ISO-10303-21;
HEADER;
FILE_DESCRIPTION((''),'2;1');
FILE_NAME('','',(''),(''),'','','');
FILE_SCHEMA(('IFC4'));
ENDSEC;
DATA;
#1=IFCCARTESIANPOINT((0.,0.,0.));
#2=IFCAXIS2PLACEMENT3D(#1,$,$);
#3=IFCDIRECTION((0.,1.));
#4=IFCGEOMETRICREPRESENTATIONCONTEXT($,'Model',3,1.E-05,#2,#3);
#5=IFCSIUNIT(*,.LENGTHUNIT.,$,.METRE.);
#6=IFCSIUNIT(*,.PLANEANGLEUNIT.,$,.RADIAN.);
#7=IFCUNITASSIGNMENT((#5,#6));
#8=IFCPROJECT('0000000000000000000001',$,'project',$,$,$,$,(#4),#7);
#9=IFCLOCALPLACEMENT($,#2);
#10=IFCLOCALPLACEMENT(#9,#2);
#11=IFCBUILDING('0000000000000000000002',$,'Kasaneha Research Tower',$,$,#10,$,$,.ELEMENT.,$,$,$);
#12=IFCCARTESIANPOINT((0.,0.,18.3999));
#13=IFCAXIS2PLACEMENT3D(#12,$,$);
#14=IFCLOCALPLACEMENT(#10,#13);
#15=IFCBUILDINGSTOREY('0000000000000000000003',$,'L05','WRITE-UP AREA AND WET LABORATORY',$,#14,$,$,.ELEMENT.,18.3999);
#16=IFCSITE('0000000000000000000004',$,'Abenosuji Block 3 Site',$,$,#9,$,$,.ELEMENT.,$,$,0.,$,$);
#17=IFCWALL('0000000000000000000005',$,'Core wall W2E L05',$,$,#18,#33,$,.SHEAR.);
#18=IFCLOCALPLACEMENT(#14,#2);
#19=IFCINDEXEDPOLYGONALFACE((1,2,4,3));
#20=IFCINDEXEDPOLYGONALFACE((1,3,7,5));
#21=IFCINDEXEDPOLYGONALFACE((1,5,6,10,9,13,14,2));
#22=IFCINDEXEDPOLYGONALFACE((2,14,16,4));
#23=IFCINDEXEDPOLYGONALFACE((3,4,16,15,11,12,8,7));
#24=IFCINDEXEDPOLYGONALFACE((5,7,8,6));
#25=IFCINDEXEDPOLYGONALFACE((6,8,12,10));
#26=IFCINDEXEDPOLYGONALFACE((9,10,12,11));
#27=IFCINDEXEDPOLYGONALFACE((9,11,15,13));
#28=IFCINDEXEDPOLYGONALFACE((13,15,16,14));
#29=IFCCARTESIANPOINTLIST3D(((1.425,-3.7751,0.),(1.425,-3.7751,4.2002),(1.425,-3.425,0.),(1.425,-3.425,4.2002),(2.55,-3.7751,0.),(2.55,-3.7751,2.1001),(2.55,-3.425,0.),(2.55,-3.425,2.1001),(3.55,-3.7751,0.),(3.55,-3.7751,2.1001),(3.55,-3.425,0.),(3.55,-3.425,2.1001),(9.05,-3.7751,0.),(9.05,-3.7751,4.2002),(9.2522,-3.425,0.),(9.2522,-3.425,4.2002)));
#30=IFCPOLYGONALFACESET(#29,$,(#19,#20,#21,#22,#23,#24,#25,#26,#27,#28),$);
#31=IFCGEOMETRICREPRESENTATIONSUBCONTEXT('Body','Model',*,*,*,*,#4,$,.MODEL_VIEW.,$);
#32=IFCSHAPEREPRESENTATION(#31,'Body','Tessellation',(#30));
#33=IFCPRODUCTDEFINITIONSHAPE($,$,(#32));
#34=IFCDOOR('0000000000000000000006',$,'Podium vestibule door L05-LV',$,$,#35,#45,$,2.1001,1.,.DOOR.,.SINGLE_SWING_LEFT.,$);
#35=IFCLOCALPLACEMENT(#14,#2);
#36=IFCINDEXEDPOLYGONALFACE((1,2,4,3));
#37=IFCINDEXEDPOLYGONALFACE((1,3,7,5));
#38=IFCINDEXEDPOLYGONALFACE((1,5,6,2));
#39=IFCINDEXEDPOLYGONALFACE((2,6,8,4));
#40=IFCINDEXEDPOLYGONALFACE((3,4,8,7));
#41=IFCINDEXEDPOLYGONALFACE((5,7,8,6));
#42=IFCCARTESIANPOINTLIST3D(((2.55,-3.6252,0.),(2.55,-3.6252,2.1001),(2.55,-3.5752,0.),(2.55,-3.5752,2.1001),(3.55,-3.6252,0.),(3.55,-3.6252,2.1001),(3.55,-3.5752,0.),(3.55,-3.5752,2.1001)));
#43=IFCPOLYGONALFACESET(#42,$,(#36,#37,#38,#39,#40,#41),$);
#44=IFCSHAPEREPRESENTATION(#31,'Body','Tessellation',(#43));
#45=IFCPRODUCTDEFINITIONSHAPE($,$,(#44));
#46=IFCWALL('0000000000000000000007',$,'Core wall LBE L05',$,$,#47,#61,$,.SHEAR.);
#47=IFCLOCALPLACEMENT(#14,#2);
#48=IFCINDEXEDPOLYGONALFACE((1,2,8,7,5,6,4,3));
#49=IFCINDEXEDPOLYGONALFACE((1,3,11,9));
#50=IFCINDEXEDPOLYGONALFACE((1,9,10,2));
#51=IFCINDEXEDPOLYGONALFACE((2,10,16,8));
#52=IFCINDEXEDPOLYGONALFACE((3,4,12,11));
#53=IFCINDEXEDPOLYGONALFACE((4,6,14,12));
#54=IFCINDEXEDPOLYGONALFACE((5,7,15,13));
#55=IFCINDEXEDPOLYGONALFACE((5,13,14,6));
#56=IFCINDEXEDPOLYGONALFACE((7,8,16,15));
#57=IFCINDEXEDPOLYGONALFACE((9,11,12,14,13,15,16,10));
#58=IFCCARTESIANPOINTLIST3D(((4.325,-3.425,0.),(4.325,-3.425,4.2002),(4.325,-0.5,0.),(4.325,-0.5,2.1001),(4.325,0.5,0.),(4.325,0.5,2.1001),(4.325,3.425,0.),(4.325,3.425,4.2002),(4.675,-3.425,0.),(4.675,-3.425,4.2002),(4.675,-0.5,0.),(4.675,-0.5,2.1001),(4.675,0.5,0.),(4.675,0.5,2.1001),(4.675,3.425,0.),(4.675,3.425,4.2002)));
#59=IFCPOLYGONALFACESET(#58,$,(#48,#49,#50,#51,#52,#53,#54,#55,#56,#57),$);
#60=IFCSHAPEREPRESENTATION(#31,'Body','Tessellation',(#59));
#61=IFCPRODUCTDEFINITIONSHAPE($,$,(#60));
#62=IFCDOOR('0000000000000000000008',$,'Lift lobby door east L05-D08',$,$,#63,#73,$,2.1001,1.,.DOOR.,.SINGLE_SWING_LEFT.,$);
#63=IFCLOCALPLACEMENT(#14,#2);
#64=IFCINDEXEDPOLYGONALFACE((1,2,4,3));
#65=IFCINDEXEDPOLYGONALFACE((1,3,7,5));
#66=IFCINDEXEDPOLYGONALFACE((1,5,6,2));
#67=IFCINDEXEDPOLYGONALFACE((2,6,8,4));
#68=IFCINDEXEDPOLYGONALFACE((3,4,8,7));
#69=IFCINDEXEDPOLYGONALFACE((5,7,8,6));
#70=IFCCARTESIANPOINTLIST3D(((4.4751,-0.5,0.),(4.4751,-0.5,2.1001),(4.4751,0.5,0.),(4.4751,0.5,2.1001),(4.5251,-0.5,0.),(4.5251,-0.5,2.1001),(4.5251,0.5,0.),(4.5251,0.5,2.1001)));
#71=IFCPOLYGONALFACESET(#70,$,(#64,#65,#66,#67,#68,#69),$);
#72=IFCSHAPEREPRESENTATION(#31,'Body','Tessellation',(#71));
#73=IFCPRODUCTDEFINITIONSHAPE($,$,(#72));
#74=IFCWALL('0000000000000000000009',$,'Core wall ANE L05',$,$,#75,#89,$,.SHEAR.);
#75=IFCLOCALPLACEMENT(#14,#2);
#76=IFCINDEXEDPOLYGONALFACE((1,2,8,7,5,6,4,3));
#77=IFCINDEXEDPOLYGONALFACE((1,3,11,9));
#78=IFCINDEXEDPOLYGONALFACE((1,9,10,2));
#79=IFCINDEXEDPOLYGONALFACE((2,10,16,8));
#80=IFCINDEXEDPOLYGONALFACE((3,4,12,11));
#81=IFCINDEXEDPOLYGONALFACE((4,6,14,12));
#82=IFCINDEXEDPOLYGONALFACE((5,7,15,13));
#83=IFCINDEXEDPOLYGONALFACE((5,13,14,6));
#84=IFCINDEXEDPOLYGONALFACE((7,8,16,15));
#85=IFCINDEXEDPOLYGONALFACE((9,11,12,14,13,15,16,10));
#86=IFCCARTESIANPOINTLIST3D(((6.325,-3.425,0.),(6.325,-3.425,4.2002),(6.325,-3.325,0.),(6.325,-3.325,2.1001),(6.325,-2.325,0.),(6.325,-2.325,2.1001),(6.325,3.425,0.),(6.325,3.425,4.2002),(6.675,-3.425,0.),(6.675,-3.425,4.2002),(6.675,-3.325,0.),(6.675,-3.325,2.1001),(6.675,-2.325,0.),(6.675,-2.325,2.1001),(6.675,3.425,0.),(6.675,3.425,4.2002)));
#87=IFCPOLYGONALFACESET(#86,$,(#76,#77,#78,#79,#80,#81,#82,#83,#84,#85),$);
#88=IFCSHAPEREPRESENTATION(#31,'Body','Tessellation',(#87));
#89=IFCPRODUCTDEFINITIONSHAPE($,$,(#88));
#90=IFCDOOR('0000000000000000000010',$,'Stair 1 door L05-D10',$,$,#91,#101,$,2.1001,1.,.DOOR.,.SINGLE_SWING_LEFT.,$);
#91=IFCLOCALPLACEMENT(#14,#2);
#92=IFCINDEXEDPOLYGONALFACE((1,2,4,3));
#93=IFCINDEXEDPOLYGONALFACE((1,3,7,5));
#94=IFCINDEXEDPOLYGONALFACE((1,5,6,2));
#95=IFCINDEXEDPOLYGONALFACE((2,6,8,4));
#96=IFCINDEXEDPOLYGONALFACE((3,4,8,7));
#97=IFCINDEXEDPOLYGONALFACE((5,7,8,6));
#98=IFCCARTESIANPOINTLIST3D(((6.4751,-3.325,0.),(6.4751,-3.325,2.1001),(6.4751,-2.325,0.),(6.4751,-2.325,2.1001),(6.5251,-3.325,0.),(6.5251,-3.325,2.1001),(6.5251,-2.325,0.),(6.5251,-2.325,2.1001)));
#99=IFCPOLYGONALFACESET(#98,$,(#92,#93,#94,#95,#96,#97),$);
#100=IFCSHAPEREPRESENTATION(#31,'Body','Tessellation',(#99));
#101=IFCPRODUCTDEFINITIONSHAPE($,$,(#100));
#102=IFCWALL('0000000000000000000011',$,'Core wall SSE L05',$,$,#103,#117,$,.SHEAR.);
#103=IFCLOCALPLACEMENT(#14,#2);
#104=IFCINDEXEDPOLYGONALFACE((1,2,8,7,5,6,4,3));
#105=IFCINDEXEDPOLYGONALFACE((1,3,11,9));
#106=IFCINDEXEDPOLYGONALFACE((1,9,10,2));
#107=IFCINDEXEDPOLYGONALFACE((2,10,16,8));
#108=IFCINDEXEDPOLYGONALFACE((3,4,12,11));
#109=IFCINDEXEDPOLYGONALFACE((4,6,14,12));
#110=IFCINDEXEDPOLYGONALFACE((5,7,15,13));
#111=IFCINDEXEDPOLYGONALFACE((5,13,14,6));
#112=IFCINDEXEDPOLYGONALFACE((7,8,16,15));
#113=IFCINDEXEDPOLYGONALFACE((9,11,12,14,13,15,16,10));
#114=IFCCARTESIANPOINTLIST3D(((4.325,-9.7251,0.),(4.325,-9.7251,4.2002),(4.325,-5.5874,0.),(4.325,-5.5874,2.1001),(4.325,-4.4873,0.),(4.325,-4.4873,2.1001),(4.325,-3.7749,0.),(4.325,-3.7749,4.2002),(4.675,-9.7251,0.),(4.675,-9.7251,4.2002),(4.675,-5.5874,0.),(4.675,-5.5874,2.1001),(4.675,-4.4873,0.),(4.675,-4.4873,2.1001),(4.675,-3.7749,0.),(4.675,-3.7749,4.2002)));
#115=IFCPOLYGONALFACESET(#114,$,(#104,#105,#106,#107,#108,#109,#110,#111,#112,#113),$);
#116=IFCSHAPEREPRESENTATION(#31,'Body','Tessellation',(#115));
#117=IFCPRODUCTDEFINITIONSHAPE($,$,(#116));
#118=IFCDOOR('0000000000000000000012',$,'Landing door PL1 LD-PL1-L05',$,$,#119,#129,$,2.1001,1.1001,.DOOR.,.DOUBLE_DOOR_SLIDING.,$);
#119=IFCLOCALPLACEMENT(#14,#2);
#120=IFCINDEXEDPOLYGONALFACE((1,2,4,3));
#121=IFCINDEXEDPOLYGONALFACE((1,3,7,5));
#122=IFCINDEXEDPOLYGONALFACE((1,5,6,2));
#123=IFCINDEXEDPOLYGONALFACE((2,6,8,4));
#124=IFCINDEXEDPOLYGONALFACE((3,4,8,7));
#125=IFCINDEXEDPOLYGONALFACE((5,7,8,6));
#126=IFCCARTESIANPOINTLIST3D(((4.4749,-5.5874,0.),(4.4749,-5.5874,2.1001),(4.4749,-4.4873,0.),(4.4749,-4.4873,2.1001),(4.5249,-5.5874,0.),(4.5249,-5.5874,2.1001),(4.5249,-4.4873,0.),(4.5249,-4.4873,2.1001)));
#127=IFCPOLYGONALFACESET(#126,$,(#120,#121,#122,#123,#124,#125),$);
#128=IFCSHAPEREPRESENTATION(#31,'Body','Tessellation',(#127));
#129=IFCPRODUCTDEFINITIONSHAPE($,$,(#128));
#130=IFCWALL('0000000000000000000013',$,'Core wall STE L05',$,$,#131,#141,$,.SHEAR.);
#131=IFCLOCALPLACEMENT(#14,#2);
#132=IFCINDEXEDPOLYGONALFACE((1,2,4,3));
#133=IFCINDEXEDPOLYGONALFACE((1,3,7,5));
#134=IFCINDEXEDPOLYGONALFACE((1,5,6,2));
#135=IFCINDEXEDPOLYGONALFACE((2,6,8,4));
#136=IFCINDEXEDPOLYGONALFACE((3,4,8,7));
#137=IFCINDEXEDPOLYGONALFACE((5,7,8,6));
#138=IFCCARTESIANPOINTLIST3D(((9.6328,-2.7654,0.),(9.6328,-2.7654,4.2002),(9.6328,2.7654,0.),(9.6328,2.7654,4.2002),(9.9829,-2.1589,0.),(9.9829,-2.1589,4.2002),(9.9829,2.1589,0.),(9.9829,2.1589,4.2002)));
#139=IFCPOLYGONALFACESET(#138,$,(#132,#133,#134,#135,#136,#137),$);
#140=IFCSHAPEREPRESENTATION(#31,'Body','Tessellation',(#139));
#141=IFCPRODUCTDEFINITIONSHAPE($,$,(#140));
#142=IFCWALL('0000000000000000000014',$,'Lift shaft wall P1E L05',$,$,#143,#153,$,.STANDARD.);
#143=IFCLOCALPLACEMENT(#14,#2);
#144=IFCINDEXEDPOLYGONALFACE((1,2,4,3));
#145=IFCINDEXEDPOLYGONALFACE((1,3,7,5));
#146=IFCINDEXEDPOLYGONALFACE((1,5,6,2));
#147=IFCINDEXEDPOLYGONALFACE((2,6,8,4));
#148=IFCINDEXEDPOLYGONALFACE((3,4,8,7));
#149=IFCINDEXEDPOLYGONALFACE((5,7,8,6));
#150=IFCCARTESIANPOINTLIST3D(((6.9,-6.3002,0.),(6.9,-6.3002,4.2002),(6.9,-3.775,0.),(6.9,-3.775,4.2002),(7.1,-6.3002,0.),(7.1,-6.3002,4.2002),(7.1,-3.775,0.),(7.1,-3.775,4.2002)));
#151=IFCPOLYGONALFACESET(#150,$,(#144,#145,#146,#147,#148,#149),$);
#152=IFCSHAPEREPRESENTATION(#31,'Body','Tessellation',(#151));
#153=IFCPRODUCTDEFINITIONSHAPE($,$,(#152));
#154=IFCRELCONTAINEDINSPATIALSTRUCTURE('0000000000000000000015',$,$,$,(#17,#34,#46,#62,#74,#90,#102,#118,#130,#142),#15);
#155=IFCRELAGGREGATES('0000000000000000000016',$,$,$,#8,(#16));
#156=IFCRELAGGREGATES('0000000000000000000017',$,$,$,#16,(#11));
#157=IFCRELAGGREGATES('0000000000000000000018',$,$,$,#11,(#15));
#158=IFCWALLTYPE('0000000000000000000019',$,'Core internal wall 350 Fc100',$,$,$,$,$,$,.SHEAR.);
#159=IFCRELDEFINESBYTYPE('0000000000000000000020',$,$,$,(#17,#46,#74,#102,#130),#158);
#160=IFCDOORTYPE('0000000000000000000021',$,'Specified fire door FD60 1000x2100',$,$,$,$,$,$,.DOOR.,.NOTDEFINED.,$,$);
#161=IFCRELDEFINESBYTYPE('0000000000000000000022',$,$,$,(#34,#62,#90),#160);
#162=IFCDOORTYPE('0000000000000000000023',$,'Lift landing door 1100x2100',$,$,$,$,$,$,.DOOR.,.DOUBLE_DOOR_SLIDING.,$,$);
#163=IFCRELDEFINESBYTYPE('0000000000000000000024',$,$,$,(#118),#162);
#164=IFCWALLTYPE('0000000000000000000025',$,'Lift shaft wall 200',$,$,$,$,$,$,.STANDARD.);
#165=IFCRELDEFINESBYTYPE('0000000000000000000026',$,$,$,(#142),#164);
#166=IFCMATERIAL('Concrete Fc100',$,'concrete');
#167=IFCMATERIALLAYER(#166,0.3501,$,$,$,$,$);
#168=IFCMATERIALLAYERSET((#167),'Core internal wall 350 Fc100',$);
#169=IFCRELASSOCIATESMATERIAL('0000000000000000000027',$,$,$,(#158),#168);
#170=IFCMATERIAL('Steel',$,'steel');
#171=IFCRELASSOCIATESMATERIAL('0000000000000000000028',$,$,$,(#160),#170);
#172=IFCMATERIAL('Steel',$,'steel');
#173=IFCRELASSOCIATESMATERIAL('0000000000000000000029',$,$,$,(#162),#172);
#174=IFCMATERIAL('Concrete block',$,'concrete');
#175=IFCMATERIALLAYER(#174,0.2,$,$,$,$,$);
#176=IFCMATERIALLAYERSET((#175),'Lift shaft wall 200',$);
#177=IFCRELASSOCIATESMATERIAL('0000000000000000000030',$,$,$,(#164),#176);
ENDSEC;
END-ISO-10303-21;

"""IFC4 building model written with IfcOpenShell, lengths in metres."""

from ifc_helpers import new_model, si_unit, direction, frame, frame_2d, origin, place, context, subcontext, project, spatial, polyline, rectangle, outline, extrude, material, layer, layer_set, type_object, element, fill, save


model = new_model("IFC4")

# Units and contexts
model_context = context("Model", 3, precision=1e-05, world=origin(), true_north=direction((0.0, 1.0)))
body_context = subcontext(model_context, "Body", "Model", "MODEL_VIEW")
ifc_project = project(units=[si_unit("LENGTHUNIT", "METRE"), si_unit("PLANEANGLEUNIT", "RADIAN")], contexts=[model_context])

# Site, building, storey
site_placement = place(None, origin())
site = spatial("IfcSite", under=ifc_project, at=site_placement, Name="Abenosuji Block 3 Site", CompositionType="ELEMENT", RefElevation=0.0)
building_placement = place(site_placement, origin())
building = spatial("IfcBuilding", under=site, at=building_placement, Name="Kasaneha Research Tower", CompositionType="ELEMENT")
storey_placement = place(building_placement, frame((0.0, 0.0, 18.3999)))
storey = spatial("IfcBuildingStorey", under=building, at=storey_placement, Name="L05", Description="WRITE-UP AREA AND WET LABORATORY", CompositionType="ELEMENT", Elevation=18.3999)

# Walls, openings, doors
ifc_material_1 = material(Name="Concrete Fc100", Category="concrete")
ifc_layer_1 = layer(ifc_material_1, 0.3501)
ifc_layer_set_1 = layer_set([ifc_layer_1], Name="Core internal wall 350 Fc100")
wall_type_1 = type_object("IfcWallType", Name="Core internal wall 350 Fc100", PredefinedType="SHEAR", material=ifc_layer_set_1)
wall_1_placement = place(storey_placement, frame((1.425, -3.6001, 0.0), z_axis=(0.0, 0.0, 1.0), x_axis=(1.0, 0.0, 0.0)))
wall_1 = element("IfcWall", 1, at=wall_1_placement, inside=storey, type_object=wall_type_1, Name="Core wall W2E L05", PredefinedType="SHEAR", context=body_context, shape_type="SweptSolid", body=[
    extrude(outline(polyline([(0.0, -0.175), (1.125, -0.175), (2.125, -0.175), (7.625, -0.175), (7.8271, 0.175), (2.125, 0.175), (1.125, 0.175), (0.0, 0.175), (0.0, -0.175)])), origin(), (0.0, 0.0, 1.0), 4.2002),
])
opening_1_placement = place(wall_1_placement, frame((1.125, 0.0, 0.0)))
opening_1 = element("IfcOpeningElement", 2, at=opening_1_placement, cuts=wall_1, PredefinedType="OPENING", context=body_context, shape_type="SweptSolid", body=[
    extrude(rectangle(XDim=1.0, YDim=2.1001, at=frame_2d((0.5, 1.05))), frame((0.0, 0.1851, 0.0), z_axis=(0.0, -1.0, 0.0), x_axis=(1.0, 0.0, 0.0)), (0.0, 0.0, 1.0), 0.3701),
])
ifc_material_2 = material(Name="Steel", Category="steel")
door_type_1 = type_object("IfcDoorType", Name="Specified fire door FD60 1000x2100", OperationType="NOTDEFINED", PredefinedType="DOOR", material=ifc_material_2)
door_1_placement = place(opening_1_placement, origin())
door_1 = element("IfcDoor", 3, at=door_1_placement, inside=storey, type_object=door_type_1, Name="Podium vestibule door L05-LV", OperationType="SINGLE_SWING_LEFT", OverallHeight=2.1001, OverallWidth=1.0, PredefinedType="DOOR", context=body_context, shape_type="SweptSolid", body=[
    extrude(rectangle(XDim=1.0, YDim=2.1001, at=frame_2d((0.5, 1.05))), frame((0.0, 0.0249, 0.0), z_axis=(0.0, -1.0, 0.0), x_axis=(1.0, 0.0, 0.0)), (0.0, 0.0, 1.0), 0.05),
])
fill(opening_1, door_1)
wall_2_placement = place(storey_placement, frame((4.5, -3.425, 0.0), z_axis=(0.0, 0.0, 1.0), x_axis=(0.0, 1.0, 0.0)))
wall_2 = element("IfcWall", 4, at=wall_2_placement, inside=storey, type_object=wall_type_1, Name="Core wall LBE L05", PredefinedType="SHEAR", context=body_context, shape_type="SweptSolid", body=[
    extrude(rectangle(XDim=6.8501, YDim=0.3501, at=frame_2d((3.425, 0.0))), origin(), (0.0, 0.0, 1.0), 4.2002),
])
opening_2_placement = place(wall_2_placement, frame((2.925, 0.0, 0.0)))
opening_2 = element("IfcOpeningElement", 5, at=opening_2_placement, cuts=wall_2, PredefinedType="OPENING", context=body_context, shape_type="SweptSolid", body=[
    extrude(rectangle(XDim=1.0, YDim=2.1001, at=frame_2d((0.5, 1.05))), frame((0.0, 0.1851, 0.0), z_axis=(0.0, -1.0, 0.0), x_axis=(1.0, 0.0, 0.0)), (0.0, 0.0, 1.0), 0.3701),
])
door_2_placement = place(opening_2_placement, origin())
door_2 = element("IfcDoor", 6, at=door_2_placement, inside=storey, type_object=door_type_1, Name="Lift lobby door east L05-D08", OperationType="SINGLE_SWING_LEFT", OverallHeight=2.1001, OverallWidth=1.0, PredefinedType="DOOR", context=body_context, shape_type="SweptSolid", body=[
    extrude(rectangle(XDim=1.0, YDim=2.1001, at=frame_2d((0.5, 1.05))), frame((0.0, 0.0249, 0.0), z_axis=(0.0, -1.0, 0.0), x_axis=(1.0, 0.0, 0.0)), (0.0, 0.0, 1.0), 0.05),
])
fill(opening_2, door_2)
wall_3_placement = place(storey_placement, frame((6.5, -3.425, 0.0), z_axis=(0.0, 0.0, 1.0), x_axis=(0.0, 1.0, 0.0)))
wall_3 = element("IfcWall", 7, at=wall_3_placement, inside=storey, type_object=wall_type_1, Name="Core wall ANE L05", PredefinedType="SHEAR", context=body_context, shape_type="SweptSolid", body=[
    extrude(rectangle(XDim=6.8501, YDim=0.3501, at=frame_2d((3.425, 0.0))), origin(), (0.0, 0.0, 1.0), 4.2002),
])
opening_3_placement = place(wall_3_placement, frame((0.1001, 0.0, 0.0)))
opening_3 = element("IfcOpeningElement", 8, at=opening_3_placement, cuts=wall_3, PredefinedType="OPENING", context=body_context, shape_type="SweptSolid", body=[
    extrude(rectangle(XDim=1.0, YDim=2.1001, at=frame_2d((0.5, 1.05))), frame((0.0, 0.1851, 0.0), z_axis=(0.0, -1.0, 0.0), x_axis=(1.0, 0.0, 0.0)), (0.0, 0.0, 1.0), 0.3701),
])
door_3_placement = place(opening_3_placement, origin())
door_3 = element("IfcDoor", 9, at=door_3_placement, inside=storey, type_object=door_type_1, Name="Stair 1 door L05-D10", OperationType="SINGLE_SWING_LEFT", OverallHeight=2.1001, OverallWidth=1.0, PredefinedType="DOOR", context=body_context, shape_type="SweptSolid", body=[
    extrude(rectangle(XDim=1.0, YDim=2.1001, at=frame_2d((0.5, 1.05))), frame((0.0, 0.0249, 0.0), z_axis=(0.0, -1.0, 0.0), x_axis=(1.0, 0.0, 0.0)), (0.0, 0.0, 1.0), 0.05),
])
fill(opening_3, door_3)
wall_4_placement = place(storey_placement, frame((4.5, -3.7749, 0.0), z_axis=(0.0, 0.0, 1.0), x_axis=(0.0, -1.0, 0.0)))
wall_4 = element("IfcWall", 10, at=wall_4_placement, inside=storey, type_object=wall_type_1, Name="Core wall SSE L05", PredefinedType="SHEAR", context=body_context, shape_type="SweptSolid", body=[
    extrude(rectangle(XDim=5.9502, YDim=0.3501, at=frame_2d((2.9751, 0.0))), origin(), (0.0, 0.0, 1.0), 4.2002),
])
opening_4_placement = place(wall_4_placement, frame((0.7124, 0.0, 0.0)))
opening_4 = element("IfcOpeningElement", 11, at=opening_4_placement, cuts=wall_4, PredefinedType="OPENING", context=body_context, shape_type="SweptSolid", body=[
    extrude(rectangle(XDim=1.1001, YDim=2.1001, at=frame_2d((0.55, 1.05))), frame((0.0, 0.1851, 0.0), z_axis=(0.0, -1.0, 0.0), x_axis=(1.0, 0.0, 0.0)), (0.0, 0.0, 1.0), 0.3701),
])
ifc_material_3 = material(Name="Steel", Category="steel")
door_type_2 = type_object("IfcDoorType", Name="Lift landing door 1100x2100", OperationType="DOUBLE_DOOR_SLIDING", PredefinedType="DOOR", material=ifc_material_3)
door_4_placement = place(opening_4_placement, origin())
door_4 = element("IfcDoor", 12, at=door_4_placement, inside=storey, type_object=door_type_2, Name="Landing door PL1 LD-PL1-L05", OperationType="DOUBLE_DOOR_SLIDING", OverallHeight=2.1001, OverallWidth=1.1001, PredefinedType="DOOR", context=body_context, shape_type="SweptSolid", body=[
    extrude(rectangle(XDim=1.1001, YDim=2.1001, at=frame_2d((0.55, 1.05))), frame((0.0, 0.0249, 0.0), z_axis=(0.0, -1.0, 0.0), x_axis=(1.0, 0.0, 0.0)), (0.0, 0.0, 1.0), 0.05),
])
fill(opening_4, door_4)

# Walls
wall_5_placement = place(storey_placement, frame((9.8079, -2.4622, 0.0), z_axis=(0.0, 0.0, 1.0), x_axis=(0.0, 1.0, 0.0)))
element("IfcWall", 13, at=wall_5_placement, inside=storey, type_object=wall_type_1, Name="Core wall STE L05", PredefinedType="SHEAR", context=body_context, shape_type="SweptSolid", body=[
    extrude(outline(polyline([(0.3032, -0.175), (4.6211, -0.175), (5.2275, 0.175), (-0.3032, 0.175), (0.3032, -0.175)])), origin(), (0.0, 0.0, 1.0), 4.2002),
])
ifc_material_4 = material(Name="Concrete block", Category="concrete")
ifc_layer_2 = layer(ifc_material_4, 0.2)
ifc_layer_set_2 = layer_set([ifc_layer_2], Name="Lift shaft wall 200")
wall_type_2 = type_object("IfcWallType", Name="Lift shaft wall 200", PredefinedType="STANDARD", material=ifc_layer_set_2)
wall_6_placement = place(storey_placement, frame((7.0, -3.7749, 0.0), z_axis=(0.0, 0.0, 1.0), x_axis=(0.0, -1.0, 0.0)))
element("IfcWall", 14, at=wall_6_placement, inside=storey, type_object=wall_type_2, Name="Lift shaft wall P1E L05", PredefinedType="STANDARD", context=body_context, shape_type="SweptSolid", body=[
    extrude(rectangle(XDim=2.5251, YDim=0.2, at=frame_2d((1.2627, 0.0))), origin(), (0.0, 0.0, 1.0), 4.2002),
])

save(model, "model.ifc")
